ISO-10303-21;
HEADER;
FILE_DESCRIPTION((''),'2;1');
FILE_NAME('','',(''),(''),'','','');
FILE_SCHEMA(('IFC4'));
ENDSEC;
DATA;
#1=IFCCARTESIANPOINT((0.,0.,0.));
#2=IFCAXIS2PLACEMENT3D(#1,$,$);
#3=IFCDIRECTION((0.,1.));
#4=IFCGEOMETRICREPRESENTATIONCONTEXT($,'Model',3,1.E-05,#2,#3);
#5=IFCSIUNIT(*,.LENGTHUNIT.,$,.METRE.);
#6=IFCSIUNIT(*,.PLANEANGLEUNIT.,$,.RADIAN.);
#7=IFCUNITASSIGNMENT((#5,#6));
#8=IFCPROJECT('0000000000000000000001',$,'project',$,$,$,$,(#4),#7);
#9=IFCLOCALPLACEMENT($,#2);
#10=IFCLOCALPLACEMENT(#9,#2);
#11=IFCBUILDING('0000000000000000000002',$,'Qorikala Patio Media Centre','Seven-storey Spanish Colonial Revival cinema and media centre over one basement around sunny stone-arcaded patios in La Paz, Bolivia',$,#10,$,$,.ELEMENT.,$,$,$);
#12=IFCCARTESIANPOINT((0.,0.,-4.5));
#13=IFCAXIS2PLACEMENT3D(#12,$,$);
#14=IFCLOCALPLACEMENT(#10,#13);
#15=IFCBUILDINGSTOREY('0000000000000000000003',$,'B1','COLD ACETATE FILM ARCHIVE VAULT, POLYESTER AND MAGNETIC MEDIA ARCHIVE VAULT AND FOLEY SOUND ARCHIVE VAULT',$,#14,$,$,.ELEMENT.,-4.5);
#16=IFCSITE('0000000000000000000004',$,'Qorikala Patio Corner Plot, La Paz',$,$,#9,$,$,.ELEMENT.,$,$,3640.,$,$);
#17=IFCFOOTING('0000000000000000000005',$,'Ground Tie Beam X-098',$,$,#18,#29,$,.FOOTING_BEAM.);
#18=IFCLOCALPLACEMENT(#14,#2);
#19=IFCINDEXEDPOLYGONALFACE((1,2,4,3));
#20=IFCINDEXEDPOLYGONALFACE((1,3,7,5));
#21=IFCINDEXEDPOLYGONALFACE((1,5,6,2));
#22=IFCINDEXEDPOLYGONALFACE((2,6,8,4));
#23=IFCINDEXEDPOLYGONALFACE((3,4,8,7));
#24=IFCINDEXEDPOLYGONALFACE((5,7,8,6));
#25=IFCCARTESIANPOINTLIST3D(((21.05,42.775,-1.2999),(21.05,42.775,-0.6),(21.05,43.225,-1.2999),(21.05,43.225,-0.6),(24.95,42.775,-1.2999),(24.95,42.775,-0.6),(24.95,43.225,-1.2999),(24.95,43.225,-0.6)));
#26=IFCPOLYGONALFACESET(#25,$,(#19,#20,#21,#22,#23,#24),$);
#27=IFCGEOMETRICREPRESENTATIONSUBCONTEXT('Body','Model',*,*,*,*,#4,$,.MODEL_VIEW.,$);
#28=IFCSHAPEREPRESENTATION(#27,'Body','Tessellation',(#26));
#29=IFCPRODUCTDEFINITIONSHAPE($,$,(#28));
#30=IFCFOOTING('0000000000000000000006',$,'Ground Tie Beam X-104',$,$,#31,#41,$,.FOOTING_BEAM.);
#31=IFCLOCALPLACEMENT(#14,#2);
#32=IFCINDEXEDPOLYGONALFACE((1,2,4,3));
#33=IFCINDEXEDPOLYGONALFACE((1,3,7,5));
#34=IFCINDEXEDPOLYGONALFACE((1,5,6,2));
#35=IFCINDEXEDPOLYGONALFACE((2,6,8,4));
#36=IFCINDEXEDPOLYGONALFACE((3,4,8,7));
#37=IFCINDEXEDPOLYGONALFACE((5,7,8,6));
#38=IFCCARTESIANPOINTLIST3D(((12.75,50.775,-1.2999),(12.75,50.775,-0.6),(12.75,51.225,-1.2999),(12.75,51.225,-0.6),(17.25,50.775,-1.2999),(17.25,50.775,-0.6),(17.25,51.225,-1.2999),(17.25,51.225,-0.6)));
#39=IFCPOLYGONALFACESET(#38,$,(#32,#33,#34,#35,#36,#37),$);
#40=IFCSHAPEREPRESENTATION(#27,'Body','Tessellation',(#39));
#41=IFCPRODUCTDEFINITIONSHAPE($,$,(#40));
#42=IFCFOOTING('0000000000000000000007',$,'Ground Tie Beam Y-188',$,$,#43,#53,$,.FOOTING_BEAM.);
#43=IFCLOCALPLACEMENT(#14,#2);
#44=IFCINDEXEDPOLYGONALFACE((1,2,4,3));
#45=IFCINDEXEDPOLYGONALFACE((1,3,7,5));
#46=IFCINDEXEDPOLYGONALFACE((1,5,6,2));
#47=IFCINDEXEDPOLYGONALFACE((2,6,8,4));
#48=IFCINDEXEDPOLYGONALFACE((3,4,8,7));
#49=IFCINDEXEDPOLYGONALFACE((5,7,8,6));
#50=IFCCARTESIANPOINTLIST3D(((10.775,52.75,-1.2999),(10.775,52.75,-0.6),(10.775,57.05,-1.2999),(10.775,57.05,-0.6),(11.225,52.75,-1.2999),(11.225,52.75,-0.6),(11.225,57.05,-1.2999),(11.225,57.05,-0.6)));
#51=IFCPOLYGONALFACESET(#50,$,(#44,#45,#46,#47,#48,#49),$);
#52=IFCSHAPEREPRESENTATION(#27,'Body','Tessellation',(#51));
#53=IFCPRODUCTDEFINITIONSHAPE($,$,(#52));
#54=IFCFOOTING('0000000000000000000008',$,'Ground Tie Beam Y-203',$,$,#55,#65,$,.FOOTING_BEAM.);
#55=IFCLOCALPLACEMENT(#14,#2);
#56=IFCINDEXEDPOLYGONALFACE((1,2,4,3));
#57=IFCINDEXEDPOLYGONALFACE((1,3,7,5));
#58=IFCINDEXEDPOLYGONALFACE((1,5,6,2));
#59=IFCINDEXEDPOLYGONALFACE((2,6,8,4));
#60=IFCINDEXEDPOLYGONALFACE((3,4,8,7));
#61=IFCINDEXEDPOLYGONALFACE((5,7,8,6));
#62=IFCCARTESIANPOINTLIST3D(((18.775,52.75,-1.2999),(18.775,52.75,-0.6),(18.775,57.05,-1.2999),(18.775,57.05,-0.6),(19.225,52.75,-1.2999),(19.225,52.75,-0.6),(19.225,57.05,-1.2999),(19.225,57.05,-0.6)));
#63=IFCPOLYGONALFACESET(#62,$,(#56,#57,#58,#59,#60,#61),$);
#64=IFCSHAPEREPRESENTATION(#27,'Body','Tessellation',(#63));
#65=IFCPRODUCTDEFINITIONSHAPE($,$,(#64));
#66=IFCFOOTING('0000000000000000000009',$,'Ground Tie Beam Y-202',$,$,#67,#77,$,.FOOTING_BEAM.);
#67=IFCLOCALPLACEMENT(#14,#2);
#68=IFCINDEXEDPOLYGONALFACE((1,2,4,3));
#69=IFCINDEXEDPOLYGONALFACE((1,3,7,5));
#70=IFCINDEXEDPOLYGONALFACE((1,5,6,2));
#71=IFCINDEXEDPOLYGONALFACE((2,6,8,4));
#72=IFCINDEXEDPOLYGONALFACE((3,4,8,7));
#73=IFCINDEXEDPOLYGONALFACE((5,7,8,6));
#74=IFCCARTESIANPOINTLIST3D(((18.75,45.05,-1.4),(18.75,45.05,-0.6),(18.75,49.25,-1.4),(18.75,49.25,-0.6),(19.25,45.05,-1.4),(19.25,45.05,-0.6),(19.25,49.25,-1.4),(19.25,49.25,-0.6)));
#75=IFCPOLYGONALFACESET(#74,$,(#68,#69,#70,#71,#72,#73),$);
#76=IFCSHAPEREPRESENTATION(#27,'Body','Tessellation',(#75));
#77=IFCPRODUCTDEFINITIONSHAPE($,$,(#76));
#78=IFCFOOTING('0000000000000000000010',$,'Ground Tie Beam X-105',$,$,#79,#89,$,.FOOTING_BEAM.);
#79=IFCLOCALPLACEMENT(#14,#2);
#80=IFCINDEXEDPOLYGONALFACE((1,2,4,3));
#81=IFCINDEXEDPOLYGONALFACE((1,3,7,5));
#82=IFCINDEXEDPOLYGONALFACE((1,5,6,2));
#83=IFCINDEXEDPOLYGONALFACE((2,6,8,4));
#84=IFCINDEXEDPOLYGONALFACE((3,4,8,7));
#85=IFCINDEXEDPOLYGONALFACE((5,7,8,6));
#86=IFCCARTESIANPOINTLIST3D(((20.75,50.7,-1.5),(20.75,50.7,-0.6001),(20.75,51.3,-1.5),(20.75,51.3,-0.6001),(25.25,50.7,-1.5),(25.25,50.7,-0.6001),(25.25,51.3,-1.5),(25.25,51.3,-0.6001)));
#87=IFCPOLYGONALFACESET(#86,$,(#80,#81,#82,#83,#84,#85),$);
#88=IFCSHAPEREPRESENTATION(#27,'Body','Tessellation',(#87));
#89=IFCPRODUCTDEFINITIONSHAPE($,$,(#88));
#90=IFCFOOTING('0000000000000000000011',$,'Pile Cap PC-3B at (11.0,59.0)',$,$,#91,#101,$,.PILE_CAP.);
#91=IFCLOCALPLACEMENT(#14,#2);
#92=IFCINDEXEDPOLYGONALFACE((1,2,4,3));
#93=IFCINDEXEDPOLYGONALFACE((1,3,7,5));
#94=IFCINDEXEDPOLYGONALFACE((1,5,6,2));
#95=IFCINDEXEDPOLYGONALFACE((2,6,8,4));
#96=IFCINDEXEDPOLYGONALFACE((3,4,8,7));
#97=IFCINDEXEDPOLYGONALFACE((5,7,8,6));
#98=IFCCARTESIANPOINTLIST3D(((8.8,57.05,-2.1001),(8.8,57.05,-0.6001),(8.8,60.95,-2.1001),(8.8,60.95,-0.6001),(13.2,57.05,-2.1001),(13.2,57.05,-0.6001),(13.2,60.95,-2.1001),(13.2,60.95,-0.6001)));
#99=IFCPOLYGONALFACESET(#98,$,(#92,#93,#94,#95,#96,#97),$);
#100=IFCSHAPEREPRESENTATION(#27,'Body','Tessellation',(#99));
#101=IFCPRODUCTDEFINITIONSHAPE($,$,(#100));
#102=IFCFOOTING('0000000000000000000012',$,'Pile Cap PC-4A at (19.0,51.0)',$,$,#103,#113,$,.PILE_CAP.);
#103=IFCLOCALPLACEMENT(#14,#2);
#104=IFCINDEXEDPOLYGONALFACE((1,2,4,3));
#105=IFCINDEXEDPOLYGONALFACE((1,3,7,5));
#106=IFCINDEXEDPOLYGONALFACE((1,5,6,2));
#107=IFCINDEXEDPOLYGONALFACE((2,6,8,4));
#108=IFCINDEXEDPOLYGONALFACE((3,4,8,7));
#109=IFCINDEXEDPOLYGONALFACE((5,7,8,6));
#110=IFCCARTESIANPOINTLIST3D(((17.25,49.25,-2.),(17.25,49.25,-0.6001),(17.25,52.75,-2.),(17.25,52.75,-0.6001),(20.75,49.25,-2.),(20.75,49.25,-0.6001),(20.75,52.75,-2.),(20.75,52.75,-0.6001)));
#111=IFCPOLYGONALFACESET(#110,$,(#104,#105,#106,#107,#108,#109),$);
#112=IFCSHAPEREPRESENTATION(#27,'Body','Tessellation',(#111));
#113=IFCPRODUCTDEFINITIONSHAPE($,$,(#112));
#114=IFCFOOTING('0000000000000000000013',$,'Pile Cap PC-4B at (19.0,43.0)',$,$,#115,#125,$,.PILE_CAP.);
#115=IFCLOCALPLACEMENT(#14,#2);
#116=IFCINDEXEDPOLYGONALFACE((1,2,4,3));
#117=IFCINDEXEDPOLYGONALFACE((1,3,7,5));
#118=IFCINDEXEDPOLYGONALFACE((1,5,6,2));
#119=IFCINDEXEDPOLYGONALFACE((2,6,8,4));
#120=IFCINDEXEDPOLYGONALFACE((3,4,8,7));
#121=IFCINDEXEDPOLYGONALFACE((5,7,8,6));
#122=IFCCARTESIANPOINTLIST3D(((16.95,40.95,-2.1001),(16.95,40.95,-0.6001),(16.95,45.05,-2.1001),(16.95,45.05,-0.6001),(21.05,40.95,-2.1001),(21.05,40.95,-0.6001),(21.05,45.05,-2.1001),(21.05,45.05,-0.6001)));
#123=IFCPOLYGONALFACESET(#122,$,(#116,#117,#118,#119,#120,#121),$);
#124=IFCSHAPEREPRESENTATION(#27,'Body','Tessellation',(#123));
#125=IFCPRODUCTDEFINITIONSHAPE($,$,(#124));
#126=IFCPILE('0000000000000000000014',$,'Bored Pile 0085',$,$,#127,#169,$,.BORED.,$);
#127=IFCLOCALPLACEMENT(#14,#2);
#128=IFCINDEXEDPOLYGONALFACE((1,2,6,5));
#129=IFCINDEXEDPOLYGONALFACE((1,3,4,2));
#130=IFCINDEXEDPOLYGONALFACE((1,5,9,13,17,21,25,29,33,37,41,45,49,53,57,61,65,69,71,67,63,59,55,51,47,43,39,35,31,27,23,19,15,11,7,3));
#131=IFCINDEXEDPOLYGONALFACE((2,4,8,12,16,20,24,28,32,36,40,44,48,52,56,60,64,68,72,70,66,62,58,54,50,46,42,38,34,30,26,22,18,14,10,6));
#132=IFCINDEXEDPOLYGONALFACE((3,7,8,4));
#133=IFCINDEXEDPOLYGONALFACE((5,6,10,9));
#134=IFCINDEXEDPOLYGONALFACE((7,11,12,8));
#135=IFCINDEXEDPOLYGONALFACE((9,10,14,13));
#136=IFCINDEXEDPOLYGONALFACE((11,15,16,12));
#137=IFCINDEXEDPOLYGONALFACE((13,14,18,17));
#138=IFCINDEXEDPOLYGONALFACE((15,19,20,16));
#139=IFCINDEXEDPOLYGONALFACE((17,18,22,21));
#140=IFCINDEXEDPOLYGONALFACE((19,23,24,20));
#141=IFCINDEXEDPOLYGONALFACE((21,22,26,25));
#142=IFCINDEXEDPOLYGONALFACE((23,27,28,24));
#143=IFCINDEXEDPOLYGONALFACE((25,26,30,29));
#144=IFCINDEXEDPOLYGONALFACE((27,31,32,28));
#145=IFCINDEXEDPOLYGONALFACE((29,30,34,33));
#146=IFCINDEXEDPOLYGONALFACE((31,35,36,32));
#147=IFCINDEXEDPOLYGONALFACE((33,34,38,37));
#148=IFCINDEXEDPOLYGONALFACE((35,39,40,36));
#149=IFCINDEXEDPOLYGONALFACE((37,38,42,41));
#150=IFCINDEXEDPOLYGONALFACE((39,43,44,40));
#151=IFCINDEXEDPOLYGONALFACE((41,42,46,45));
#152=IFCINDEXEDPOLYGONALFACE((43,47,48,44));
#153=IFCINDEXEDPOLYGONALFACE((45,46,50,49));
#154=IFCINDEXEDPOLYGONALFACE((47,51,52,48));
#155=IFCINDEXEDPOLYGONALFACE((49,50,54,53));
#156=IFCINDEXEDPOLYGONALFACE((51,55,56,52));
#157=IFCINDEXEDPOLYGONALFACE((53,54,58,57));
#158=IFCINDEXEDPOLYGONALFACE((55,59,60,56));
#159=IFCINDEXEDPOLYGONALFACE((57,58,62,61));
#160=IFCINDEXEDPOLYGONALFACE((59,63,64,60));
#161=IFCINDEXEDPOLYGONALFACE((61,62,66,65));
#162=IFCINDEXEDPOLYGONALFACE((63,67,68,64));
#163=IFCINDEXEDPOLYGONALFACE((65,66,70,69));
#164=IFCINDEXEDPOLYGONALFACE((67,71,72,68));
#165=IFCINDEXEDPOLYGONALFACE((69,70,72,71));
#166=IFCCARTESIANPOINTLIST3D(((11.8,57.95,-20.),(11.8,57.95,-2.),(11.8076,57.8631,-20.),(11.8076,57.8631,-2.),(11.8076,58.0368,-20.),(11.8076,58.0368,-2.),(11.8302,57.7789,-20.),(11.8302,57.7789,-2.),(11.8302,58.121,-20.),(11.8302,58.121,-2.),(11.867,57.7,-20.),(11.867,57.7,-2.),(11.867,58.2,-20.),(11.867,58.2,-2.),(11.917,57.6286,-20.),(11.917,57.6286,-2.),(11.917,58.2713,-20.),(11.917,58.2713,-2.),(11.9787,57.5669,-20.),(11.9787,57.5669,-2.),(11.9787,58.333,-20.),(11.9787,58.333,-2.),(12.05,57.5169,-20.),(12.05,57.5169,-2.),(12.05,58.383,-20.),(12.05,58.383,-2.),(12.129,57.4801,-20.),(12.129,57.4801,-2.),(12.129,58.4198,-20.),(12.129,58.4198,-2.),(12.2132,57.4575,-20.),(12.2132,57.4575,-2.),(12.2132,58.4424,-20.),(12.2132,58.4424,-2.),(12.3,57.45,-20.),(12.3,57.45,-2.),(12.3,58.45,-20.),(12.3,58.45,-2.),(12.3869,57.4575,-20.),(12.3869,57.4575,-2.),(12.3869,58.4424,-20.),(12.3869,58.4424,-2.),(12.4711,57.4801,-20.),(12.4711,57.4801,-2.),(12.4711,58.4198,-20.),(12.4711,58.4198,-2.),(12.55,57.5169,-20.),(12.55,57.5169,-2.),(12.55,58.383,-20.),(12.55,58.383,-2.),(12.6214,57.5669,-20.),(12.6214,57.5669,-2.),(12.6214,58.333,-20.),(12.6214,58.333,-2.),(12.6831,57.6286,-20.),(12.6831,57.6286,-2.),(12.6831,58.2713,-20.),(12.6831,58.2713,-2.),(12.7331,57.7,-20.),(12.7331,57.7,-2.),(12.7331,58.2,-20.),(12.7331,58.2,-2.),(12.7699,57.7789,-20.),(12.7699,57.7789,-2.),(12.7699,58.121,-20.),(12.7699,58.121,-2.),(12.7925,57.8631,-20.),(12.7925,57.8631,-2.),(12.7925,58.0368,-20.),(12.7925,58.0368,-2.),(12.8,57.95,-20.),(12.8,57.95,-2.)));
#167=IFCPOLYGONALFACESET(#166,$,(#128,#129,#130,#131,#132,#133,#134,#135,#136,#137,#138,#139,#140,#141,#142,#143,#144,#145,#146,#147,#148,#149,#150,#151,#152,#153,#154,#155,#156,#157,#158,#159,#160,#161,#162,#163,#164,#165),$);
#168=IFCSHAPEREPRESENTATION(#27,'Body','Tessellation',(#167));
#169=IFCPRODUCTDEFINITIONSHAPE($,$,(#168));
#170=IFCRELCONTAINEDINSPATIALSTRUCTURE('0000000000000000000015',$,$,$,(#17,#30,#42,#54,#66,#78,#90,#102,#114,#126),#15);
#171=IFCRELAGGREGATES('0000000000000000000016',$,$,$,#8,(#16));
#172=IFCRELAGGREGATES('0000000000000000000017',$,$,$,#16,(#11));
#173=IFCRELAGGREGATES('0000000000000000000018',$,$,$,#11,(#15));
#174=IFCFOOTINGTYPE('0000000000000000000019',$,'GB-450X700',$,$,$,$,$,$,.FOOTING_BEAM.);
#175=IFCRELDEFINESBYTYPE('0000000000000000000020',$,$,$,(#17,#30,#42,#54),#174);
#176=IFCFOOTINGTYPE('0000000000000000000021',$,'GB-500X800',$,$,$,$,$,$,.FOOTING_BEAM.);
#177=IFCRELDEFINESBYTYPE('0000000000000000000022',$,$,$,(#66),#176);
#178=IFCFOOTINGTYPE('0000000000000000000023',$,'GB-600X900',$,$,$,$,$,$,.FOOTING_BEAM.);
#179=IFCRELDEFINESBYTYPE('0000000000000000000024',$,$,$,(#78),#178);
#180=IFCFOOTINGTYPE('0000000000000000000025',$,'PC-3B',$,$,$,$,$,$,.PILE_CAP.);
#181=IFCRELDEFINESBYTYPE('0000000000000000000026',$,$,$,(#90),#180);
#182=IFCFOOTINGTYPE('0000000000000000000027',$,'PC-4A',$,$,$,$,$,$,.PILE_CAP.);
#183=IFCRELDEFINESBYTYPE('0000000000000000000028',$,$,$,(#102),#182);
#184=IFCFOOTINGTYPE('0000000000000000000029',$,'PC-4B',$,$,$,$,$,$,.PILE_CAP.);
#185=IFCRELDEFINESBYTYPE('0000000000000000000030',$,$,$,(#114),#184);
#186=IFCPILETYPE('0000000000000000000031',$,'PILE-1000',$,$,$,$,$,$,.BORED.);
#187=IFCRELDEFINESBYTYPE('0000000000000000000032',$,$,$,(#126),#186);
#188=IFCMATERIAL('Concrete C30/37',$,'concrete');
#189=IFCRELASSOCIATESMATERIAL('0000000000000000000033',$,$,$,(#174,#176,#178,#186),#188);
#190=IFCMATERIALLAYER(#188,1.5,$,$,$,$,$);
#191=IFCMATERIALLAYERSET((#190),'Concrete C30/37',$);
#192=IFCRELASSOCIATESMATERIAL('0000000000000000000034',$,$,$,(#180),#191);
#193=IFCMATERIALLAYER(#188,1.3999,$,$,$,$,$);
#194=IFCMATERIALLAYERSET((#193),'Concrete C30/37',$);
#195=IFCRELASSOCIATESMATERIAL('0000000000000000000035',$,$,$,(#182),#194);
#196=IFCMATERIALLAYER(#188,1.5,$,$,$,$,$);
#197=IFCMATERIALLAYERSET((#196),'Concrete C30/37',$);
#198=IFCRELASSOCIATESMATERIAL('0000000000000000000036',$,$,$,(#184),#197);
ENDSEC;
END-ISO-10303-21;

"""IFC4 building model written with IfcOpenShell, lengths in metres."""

from ifc_helpers import new_model, si_unit, direction, frame, origin, origin_2d, place, context, subcontext, project, spatial, rectangle, circle, extrude, material, layer, layer_set, material_profile, profile_set, type_object, element, save


model = new_model("IFC4")

# Units and contexts
model_context = context("Model", 3, precision=1e-05, world=origin(), true_north=direction((0.0, 1.0)))
body_context = subcontext(model_context, "Body", "Model", "MODEL_VIEW")
ifc_project = project(units=[si_unit("LENGTHUNIT", "METRE"), si_unit("PLANEANGLEUNIT", "RADIAN")], contexts=[model_context])

# Site, building, storey
site_placement = place(None, origin())
site = spatial("IfcSite", under=ifc_project, at=site_placement, Name="Qorikala Patio Corner Plot, La Paz", CompositionType="ELEMENT", RefElevation=3640.0)
building_placement = place(site_placement, origin())
building = spatial("IfcBuilding", under=site, at=building_placement, Name="Qorikala Patio Media Centre", Description="Seven-storey Spanish Colonial Revival cinema and media centre over one basement around sunny stone-arcaded patios in La Paz, Bolivia", CompositionType="ELEMENT")
storey_placement = place(building_placement, frame((0.0, 0.0, -4.5)))
storey = spatial("IfcBuildingStorey", under=building, at=storey_placement, Name="B1", Description="COLD ACETATE FILM ARCHIVE VAULT, POLYESTER AND MAGNETIC MEDIA ARCHIVE VAULT AND FOLEY SOUND ARCHIVE VAULT", CompositionType="ELEMENT", Elevation=-4.5)

# Footings
ifc_material_1 = material(Name="Concrete C30/37", Category="concrete")
ifc_material_profile_1 = material_profile(ifc_material_1, rectangle(XDim=0.45, YDim=0.7, at=origin_2d()), Name="RC 450x700")
ifc_profile_set_1 = profile_set([ifc_material_profile_1], Name="Concrete C30/37")
footing_type_1 = type_object("IfcFootingType", Name="GB-450X700", PredefinedType="FOOTING_BEAM", material=ifc_profile_set_1)
footing_1_placement = place(storey_placement, frame((21.05, 43.0, -0.95), z_axis=(1.0, 0.0, 0.0), x_axis=(0.0, 1.0, 0.0)))
element("IfcFooting", 1, at=footing_1_placement, inside=storey, type_object=footing_type_1, Name="Ground Tie Beam X-098", PredefinedType="FOOTING_BEAM", context=body_context, shape_type="SweptSolid", body=[
    extrude(rectangle(XDim=0.45, YDim=0.7, at=origin_2d()), origin(), (0.0, 0.0, 1.0), 3.8999),
])
footing_2_placement = place(storey_placement, frame((12.75, 51.0, -0.95), z_axis=(1.0, 0.0, 0.0), x_axis=(0.0, 1.0, 0.0)))
element("IfcFooting", 2, at=footing_2_placement, inside=storey, type_object=footing_type_1, Name="Ground Tie Beam X-104", PredefinedType="FOOTING_BEAM", context=body_context, shape_type="SweptSolid", body=[
    extrude(rectangle(XDim=0.45, YDim=0.7, at=origin_2d()), origin(), (0.0, 0.0, 1.0), 4.5),
])
for number, where, z_axis, x_axis, name in (
    (3, (11.0, 52.75, -0.95), (0.0, 1.0, 0.0), (-1.0, 0.0, 0.0), "Ground Tie Beam Y-188"),
    (4, (19.0, 52.75, -0.95), (0.0, 1.0, 0.0), (-1.0, 0.0, 0.0), "Ground Tie Beam Y-203"),
):
    element("IfcFooting", number, at=place(storey_placement, frame(where, z_axis=z_axis, x_axis=x_axis)), inside=storey, type_object=footing_type_1, Name=name, PredefinedType="FOOTING_BEAM", context=body_context, shape_type="SweptSolid", body=[
        extrude(rectangle(XDim=0.45, YDim=0.7, at=origin_2d()), origin(), (0.0, 0.0, 1.0), 4.3),
    ])
ifc_material_profile_2 = material_profile(ifc_material_1, rectangle(XDim=0.5, YDim=0.8, at=origin_2d()), Name="RC 500x800")
ifc_profile_set_2 = profile_set([ifc_material_profile_2], Name="Concrete C30/37")
footing_type_2 = type_object("IfcFootingType", Name="GB-500X800", PredefinedType="FOOTING_BEAM", material=ifc_profile_set_2)
footing_3_placement = place(storey_placement, frame((19.0, 45.05, -1.0), z_axis=(0.0, 1.0, 0.0), x_axis=(-1.0, 0.0, 0.0)))
element("IfcFooting", 5, at=footing_3_placement, inside=storey, type_object=footing_type_2, Name="Ground Tie Beam Y-202", PredefinedType="FOOTING_BEAM", context=body_context, shape_type="SweptSolid", body=[
    extrude(rectangle(XDim=0.5, YDim=0.8, at=origin_2d()), origin(), (0.0, 0.0, 1.0), 4.2),
])
ifc_material_profile_3 = material_profile(ifc_material_1, rectangle(XDim=0.6001, YDim=0.8999, at=origin_2d()), Name="RC 600x900")
ifc_profile_set_3 = profile_set([ifc_material_profile_3], Name="Concrete C30/37")
footing_type_3 = type_object("IfcFootingType", Name="GB-600X900", PredefinedType="FOOTING_BEAM", material=ifc_profile_set_3)
footing_4_placement = place(storey_placement, frame((20.75, 51.0, -1.05), z_axis=(1.0, 0.0, 0.0), x_axis=(0.0, 1.0, 0.0)))
element("IfcFooting", 6, at=footing_4_placement, inside=storey, type_object=footing_type_3, Name="Ground Tie Beam X-105", PredefinedType="FOOTING_BEAM", context=body_context, shape_type="SweptSolid", body=[
    extrude(rectangle(XDim=0.6001, YDim=0.8999, at=origin_2d()), origin(), (0.0, 0.0, 1.0), 4.5),
])
ifc_layer_1 = layer(ifc_material_1, 1.5)
ifc_layer_set_1 = layer_set([ifc_layer_1], Name="Concrete C30/37")
footing_type_4 = type_object("IfcFootingType", Name="PC-3B", PredefinedType="PILE_CAP", material=ifc_layer_set_1)
footing_5_placement = place(storey_placement, frame((11.0, 59.0, -2.1001), z_axis=(0.0, 0.0, 1.0), x_axis=(1.0, 0.0, 0.0)))
element("IfcFooting", 7, at=footing_5_placement, inside=storey, type_object=footing_type_4, Name="Pile Cap PC-3B at (11.0,59.0)", PredefinedType="PILE_CAP", context=body_context, shape_type="SweptSolid", body=[
    extrude(rectangle(XDim=4.3999, YDim=3.8999, at=origin_2d()), origin(), (0.0, 0.0, 1.0), 1.5),
])
ifc_layer_2 = layer(ifc_material_1, 1.3999)
ifc_layer_set_2 = layer_set([ifc_layer_2], Name="Concrete C30/37")
footing_type_5 = type_object("IfcFootingType", Name="PC-4A", PredefinedType="PILE_CAP", material=ifc_layer_set_2)
footing_6_placement = place(storey_placement, frame((19.0, 51.0, -2.0), z_axis=(0.0, 0.0, 1.0), x_axis=(1.0, 0.0, 0.0)))
element("IfcFooting", 8, at=footing_6_placement, inside=storey, type_object=footing_type_5, Name="Pile Cap PC-4A at (19.0,51.0)", PredefinedType="PILE_CAP", context=body_context, shape_type="SweptSolid", body=[
    extrude(rectangle(XDim=3.5, YDim=3.5, at=origin_2d()), origin(), (0.0, 0.0, 1.0), 1.3999),
])
ifc_layer_3 = layer(ifc_material_1, 1.5)
ifc_layer_set_3 = layer_set([ifc_layer_3], Name="Concrete C30/37")
footing_type_6 = type_object("IfcFootingType", Name="PC-4B", PredefinedType="PILE_CAP", material=ifc_layer_set_3)
footing_7_placement = place(storey_placement, frame((19.0, 43.0, -2.1001), z_axis=(0.0, 0.0, 1.0), x_axis=(1.0, 0.0, 0.0)))
element("IfcFooting", 9, at=footing_7_placement, inside=storey, type_object=footing_type_6, Name="Pile Cap PC-4B at (19.0,43.0)", PredefinedType="PILE_CAP", context=body_context, shape_type="SweptSolid", body=[
    extrude(rectangle(XDim=4.1001, YDim=4.1001, at=origin_2d()), origin(), (0.0, 0.0, 1.0), 1.5),
])

# Pile
ifc_material_profile_4 = material_profile(ifc_material_1, circle(Radius=0.5, at=origin_2d()), Name="BORED PILE 1000")
ifc_profile_set_4 = profile_set([ifc_material_profile_4], Name="Concrete C30/37")
pile_type_1 = type_object("IfcPileType", Name="PILE-1000", PredefinedType="BORED", material=ifc_profile_set_4)
for number, where, z_axis, x_axis, name in (
    (10, (12.3, 57.95, -2.0), (0.0, 0.0, -1.0), (1.0, 0.0, 0.0), "Bored Pile 0085"),
):
    element("IfcPile", number, at=place(storey_placement, frame(where, z_axis=z_axis, x_axis=x_axis)), inside=storey, type_object=pile_type_1, Name=name, PredefinedType="BORED", context=body_context, shape_type="SweptSolid", body=[
        extrude(circle(Radius=0.5, at=origin_2d()), origin(), (0.0, 0.0, 1.0), 18.0),
    ])

save(model, "model.ifc")
